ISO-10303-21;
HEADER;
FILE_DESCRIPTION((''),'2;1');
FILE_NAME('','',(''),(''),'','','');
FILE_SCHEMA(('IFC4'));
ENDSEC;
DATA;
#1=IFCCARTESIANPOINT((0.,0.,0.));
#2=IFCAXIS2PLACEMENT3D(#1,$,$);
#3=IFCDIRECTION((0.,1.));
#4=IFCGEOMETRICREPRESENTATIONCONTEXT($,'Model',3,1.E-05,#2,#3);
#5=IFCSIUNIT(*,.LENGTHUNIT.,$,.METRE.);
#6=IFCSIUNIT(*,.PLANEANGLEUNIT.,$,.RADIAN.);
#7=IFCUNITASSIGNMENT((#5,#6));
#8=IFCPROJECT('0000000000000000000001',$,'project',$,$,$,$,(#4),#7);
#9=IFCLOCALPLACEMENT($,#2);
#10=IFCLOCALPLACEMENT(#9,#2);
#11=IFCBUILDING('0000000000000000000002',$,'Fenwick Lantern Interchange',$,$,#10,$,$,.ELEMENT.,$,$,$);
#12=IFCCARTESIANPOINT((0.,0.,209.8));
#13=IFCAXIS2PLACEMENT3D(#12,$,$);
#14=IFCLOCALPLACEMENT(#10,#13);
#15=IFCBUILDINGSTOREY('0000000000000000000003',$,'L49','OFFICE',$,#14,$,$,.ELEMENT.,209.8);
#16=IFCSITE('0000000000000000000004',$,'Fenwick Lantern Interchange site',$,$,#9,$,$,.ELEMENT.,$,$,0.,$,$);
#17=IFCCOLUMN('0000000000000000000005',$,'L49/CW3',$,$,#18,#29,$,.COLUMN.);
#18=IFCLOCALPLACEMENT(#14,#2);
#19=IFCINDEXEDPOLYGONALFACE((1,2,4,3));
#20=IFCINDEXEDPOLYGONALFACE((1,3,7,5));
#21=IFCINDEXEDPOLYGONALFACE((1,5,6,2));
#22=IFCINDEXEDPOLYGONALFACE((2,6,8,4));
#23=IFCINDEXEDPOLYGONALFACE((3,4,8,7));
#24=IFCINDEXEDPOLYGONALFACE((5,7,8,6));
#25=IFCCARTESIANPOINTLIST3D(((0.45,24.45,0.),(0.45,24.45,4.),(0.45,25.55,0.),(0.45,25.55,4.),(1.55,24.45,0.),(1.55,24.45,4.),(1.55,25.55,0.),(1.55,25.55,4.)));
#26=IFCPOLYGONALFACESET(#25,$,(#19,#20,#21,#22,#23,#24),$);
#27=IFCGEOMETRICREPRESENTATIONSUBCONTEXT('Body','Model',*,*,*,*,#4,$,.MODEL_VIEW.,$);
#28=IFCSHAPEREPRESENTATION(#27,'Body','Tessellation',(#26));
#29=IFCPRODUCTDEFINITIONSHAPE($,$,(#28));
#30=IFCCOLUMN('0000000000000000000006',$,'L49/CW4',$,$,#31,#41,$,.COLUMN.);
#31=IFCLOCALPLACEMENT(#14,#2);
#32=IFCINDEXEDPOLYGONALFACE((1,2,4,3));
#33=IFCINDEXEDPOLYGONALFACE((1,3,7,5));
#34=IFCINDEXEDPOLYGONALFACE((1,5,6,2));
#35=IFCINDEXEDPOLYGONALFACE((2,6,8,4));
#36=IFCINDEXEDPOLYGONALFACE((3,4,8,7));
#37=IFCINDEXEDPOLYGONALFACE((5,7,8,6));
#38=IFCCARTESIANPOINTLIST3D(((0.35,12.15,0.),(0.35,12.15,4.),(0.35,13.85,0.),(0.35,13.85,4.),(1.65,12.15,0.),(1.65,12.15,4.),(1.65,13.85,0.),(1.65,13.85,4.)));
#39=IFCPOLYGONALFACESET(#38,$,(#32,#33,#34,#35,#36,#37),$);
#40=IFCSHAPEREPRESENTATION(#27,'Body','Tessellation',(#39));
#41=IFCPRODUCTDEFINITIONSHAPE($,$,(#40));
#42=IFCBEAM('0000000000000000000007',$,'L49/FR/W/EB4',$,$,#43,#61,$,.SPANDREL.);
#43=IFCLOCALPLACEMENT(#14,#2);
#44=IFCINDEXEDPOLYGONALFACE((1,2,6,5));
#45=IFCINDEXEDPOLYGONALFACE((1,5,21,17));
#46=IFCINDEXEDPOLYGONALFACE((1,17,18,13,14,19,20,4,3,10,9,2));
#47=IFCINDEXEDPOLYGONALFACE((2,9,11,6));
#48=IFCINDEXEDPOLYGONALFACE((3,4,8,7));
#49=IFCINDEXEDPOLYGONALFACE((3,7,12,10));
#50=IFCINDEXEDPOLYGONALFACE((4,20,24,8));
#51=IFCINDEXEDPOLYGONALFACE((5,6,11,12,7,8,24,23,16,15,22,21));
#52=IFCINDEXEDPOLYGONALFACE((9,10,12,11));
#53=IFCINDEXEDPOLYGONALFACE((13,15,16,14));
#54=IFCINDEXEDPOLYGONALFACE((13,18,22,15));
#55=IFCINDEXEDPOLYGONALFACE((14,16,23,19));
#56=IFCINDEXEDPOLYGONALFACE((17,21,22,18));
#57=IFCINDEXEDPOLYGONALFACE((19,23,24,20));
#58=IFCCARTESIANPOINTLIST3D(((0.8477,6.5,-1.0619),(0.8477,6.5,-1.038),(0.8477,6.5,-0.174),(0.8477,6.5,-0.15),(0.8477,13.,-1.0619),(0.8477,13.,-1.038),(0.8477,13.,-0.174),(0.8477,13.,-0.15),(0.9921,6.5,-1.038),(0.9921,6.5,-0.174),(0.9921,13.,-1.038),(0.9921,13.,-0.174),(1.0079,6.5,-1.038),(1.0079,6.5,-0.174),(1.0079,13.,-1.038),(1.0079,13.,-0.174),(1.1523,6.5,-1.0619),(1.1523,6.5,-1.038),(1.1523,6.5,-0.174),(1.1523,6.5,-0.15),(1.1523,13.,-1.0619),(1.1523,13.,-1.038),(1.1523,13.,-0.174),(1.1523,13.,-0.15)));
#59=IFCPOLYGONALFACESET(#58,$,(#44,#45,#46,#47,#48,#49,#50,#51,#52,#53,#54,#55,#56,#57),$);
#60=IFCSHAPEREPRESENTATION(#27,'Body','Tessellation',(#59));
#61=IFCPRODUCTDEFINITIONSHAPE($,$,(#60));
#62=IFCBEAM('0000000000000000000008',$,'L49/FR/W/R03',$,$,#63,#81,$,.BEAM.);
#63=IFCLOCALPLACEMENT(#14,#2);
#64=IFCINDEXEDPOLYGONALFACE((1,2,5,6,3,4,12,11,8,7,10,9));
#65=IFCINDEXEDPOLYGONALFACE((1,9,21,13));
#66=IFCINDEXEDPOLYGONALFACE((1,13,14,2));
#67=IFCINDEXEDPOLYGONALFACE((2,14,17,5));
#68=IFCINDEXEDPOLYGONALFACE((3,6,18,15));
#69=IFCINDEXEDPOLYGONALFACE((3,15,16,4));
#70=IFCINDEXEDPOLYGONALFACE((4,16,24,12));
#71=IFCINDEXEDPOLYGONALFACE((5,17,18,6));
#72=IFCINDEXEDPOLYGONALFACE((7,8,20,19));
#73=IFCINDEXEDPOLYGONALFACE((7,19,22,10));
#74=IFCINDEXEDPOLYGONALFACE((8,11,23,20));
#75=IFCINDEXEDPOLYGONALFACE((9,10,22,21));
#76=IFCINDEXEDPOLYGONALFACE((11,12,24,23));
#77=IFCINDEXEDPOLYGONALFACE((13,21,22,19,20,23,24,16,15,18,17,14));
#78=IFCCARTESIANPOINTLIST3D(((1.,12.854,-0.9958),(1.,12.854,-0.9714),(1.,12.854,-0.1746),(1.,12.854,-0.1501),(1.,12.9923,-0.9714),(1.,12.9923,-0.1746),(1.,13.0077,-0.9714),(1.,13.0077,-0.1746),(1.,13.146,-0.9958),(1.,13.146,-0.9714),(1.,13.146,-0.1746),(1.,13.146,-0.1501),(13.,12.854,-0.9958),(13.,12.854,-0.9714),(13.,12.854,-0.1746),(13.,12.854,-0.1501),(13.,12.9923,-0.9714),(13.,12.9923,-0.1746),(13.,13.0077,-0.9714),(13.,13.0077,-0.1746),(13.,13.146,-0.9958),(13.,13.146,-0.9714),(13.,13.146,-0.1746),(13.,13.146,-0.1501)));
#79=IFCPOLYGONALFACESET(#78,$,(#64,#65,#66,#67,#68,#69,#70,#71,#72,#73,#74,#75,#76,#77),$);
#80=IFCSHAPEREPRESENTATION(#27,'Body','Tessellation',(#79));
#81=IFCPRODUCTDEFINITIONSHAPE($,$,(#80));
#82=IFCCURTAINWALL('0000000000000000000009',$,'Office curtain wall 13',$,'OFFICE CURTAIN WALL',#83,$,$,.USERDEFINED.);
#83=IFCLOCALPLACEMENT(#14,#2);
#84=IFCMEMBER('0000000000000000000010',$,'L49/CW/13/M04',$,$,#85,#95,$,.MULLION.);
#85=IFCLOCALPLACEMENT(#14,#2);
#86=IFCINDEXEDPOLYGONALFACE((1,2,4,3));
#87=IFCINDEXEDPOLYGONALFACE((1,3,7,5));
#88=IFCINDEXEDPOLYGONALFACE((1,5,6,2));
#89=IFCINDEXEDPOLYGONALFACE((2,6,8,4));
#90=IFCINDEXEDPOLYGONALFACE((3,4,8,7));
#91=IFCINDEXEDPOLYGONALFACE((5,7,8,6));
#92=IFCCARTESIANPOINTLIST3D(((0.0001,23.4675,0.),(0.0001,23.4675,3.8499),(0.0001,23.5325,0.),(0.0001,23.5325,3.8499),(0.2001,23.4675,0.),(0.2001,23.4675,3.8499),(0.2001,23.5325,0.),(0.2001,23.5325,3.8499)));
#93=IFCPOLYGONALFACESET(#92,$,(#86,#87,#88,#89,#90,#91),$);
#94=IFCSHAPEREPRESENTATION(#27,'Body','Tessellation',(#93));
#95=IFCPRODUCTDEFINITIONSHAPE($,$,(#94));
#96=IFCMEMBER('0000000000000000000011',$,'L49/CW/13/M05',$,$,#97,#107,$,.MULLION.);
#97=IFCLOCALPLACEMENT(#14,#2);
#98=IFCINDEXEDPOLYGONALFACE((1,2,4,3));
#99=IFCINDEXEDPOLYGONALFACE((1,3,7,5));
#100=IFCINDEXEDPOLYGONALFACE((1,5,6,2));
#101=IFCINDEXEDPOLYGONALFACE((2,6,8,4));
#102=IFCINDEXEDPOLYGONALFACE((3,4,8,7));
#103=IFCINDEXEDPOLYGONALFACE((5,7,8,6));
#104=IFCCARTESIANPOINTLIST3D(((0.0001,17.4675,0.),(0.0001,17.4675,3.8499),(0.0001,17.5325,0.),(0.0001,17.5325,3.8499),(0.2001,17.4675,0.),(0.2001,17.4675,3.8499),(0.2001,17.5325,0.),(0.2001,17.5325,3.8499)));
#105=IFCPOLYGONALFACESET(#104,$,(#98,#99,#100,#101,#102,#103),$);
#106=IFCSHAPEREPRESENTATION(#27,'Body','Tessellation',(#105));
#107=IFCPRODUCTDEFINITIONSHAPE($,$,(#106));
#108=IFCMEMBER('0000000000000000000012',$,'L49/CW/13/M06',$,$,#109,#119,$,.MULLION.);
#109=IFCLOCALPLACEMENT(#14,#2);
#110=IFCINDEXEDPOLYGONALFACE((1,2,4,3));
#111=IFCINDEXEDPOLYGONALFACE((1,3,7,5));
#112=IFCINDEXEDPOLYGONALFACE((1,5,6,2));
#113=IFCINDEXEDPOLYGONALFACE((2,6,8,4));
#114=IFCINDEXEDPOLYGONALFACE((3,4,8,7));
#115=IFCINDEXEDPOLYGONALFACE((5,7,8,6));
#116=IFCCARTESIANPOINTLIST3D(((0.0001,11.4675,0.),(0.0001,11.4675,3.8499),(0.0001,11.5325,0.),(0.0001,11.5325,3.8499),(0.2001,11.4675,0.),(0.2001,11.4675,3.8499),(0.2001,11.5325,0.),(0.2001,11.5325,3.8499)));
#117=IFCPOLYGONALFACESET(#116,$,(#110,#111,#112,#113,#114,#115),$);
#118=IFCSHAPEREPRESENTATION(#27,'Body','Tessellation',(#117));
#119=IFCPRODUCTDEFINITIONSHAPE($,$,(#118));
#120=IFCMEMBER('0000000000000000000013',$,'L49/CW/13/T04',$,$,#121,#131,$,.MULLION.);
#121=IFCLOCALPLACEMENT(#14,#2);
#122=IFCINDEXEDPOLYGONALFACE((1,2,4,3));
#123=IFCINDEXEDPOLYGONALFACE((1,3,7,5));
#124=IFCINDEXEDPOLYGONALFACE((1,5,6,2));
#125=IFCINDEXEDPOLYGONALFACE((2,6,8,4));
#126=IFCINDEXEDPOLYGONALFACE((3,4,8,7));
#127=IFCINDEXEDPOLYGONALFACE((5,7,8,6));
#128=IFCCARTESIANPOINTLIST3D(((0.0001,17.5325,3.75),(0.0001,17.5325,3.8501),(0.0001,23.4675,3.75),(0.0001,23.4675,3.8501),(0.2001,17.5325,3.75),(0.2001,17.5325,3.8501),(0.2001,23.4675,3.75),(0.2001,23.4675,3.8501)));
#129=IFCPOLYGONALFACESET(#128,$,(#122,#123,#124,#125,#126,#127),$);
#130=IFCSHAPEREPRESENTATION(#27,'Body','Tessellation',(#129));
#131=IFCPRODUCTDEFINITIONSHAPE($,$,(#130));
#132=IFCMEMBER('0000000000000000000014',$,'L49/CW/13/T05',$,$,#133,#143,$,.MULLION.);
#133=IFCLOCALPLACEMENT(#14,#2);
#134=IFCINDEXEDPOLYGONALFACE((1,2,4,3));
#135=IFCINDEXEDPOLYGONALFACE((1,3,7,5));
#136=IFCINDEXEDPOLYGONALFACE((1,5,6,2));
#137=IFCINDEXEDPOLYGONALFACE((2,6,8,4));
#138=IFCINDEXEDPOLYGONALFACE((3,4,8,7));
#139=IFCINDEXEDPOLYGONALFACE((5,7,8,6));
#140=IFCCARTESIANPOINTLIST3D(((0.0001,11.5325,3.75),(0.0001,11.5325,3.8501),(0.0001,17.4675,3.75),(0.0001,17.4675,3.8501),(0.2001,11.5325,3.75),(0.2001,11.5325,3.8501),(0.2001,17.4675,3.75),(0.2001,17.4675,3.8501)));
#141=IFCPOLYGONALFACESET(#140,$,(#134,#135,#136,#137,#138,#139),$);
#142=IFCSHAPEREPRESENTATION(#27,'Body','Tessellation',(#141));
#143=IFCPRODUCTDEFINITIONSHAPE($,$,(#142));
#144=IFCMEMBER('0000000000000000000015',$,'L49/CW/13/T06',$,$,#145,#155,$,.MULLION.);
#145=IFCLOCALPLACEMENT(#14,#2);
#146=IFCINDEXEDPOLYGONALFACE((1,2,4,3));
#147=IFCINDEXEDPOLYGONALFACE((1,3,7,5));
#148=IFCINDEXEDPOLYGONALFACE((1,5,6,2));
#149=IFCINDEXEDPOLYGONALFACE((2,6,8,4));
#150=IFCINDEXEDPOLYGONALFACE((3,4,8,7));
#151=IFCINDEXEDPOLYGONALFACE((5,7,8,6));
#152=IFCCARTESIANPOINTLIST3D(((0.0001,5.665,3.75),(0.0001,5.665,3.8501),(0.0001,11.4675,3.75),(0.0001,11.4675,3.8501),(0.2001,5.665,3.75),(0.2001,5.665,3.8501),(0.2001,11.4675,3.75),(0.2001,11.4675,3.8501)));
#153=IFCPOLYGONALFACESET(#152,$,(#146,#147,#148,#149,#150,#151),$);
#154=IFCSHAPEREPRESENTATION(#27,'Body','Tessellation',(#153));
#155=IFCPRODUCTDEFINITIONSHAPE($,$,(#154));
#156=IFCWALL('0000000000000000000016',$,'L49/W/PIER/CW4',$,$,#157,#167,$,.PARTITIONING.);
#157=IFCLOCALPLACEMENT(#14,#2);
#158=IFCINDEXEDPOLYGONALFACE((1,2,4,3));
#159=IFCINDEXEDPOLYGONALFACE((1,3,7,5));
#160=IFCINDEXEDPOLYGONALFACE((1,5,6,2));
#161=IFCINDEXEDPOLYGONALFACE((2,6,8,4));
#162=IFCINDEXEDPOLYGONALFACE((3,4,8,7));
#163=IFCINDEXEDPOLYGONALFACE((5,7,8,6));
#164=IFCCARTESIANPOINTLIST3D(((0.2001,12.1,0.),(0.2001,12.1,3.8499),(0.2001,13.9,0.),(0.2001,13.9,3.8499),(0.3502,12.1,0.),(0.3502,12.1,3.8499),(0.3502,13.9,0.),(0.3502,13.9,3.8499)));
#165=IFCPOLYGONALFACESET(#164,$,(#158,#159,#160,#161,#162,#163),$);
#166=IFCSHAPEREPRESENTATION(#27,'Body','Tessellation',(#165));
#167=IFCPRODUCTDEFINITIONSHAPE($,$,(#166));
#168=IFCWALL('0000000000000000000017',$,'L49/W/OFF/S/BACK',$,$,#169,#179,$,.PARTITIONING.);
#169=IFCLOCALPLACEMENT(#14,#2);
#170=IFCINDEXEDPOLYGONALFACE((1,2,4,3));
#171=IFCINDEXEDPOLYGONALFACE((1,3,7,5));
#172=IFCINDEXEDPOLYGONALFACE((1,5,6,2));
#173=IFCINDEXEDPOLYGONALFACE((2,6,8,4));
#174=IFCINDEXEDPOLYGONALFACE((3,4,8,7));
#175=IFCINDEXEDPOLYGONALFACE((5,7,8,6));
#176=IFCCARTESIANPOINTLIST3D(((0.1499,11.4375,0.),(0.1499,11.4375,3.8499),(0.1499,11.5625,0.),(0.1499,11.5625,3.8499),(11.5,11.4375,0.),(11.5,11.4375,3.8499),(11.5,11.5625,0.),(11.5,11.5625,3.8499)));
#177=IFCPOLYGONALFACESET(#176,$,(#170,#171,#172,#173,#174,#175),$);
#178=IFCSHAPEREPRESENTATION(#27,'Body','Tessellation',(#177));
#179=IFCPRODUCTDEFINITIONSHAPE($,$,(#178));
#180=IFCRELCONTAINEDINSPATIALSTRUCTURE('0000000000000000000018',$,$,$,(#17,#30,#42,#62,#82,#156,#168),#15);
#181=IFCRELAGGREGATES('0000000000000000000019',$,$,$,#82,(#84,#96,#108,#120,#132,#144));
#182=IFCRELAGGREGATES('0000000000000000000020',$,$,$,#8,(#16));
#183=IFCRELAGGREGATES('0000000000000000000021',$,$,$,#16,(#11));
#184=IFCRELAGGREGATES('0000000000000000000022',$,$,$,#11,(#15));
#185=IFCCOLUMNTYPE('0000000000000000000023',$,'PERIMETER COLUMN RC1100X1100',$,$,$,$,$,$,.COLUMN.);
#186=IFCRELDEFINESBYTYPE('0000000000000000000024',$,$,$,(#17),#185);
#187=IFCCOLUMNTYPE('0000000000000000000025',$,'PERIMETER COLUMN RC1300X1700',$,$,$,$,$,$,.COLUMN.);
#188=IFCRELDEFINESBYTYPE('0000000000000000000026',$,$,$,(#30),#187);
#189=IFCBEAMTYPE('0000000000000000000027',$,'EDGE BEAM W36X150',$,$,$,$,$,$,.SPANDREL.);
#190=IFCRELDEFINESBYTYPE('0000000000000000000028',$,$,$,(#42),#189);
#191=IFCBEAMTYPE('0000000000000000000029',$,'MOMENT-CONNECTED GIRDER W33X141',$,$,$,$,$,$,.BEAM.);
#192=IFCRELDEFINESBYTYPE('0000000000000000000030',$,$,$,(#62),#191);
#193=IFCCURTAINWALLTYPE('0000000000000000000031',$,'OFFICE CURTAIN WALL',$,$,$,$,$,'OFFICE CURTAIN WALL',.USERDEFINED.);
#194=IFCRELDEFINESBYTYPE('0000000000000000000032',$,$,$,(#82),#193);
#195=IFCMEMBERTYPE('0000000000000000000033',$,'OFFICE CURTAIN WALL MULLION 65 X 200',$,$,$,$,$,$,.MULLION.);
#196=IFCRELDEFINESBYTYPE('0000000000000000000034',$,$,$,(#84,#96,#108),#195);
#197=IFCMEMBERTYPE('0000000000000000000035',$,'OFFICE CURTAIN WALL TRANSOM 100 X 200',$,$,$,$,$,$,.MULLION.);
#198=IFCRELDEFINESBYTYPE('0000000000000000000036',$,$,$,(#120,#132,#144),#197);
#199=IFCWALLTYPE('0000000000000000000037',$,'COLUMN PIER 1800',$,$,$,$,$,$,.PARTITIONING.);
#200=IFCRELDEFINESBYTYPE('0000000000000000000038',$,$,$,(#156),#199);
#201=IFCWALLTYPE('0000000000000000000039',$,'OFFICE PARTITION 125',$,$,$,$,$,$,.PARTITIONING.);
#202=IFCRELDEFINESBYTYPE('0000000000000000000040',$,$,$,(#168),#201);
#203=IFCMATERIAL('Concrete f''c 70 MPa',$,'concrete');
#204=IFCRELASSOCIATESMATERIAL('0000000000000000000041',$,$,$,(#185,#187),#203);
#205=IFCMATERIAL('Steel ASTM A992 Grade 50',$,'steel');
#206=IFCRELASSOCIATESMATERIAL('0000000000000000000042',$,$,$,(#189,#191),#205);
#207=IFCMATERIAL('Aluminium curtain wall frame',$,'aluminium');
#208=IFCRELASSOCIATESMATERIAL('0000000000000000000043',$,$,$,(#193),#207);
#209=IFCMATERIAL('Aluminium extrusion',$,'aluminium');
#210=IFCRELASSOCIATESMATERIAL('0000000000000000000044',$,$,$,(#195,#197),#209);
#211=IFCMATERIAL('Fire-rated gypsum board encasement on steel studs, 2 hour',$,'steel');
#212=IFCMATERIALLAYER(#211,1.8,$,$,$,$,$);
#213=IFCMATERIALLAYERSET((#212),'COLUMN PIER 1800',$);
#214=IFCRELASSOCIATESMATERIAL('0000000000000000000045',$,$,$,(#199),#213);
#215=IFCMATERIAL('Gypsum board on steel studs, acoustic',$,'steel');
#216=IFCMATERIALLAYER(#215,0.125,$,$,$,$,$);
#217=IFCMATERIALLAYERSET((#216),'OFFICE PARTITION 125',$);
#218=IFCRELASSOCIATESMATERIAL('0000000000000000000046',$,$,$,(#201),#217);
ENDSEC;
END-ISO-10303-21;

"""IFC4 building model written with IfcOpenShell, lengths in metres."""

from ifc_helpers import new_model, si_unit, direction, frame, frame_2d, origin, origin_2d, place, context, subcontext, project, spatial, rectangle, i_section, extrude, material, layer, layer_set, material_profile, profile_set, type_object, element, aggregate, save


model = new_model("IFC4")

# Units and contexts
model_context = context("Model", 3, precision=1e-05, world=origin(), true_north=direction((0.0, 1.0)))
body_context = subcontext(model_context, "Body", "Model", "MODEL_VIEW")
ifc_project = project(units=[si_unit("LENGTHUNIT", "METRE"), si_unit("PLANEANGLEUNIT", "RADIAN")], contexts=[model_context])

# Site, building, storey
site_placement = place(None, origin())
site = spatial("IfcSite", under=ifc_project, at=site_placement, Name="Fenwick Lantern Interchange site", CompositionType="ELEMENT", RefElevation=0.0)
building_placement = place(site_placement, origin())
building = spatial("IfcBuilding", under=site, at=building_placement, Name="Fenwick Lantern Interchange", CompositionType="ELEMENT")
storey_placement = place(building_placement, frame((0.0, 0.0, 209.8)))
storey = spatial("IfcBuildingStorey", under=building, at=storey_placement, Name="L49", Description="OFFICE", CompositionType="ELEMENT", Elevation=209.8)

# Columns
ifc_material_1 = material(Name="Concrete f'c 70 MPa", Category="concrete")
ifc_material_profile_1 = material_profile(ifc_material_1, rectangle(XDim=1.1001, YDim=1.1001, at=origin_2d()), Name="RC1100X1100")
ifc_profile_set_1 = profile_set([ifc_material_profile_1], Name="Concrete f'c 70 MPa")
column_type_1 = type_object("IfcColumnType", Name="PERIMETER COLUMN RC1100X1100", PredefinedType="COLUMN", material=ifc_profile_set_1)
column_1_placement = place(storey_placement, frame((1.0, 25.0, 0.0), z_axis=(0.0, 0.0, 1.0), x_axis=(1.0, 0.0, 0.0)))
element("IfcColumn", 1, at=column_1_placement, inside=storey, type_object=column_type_1, Name="L49/CW3", PredefinedType="COLUMN", context=body_context, shape_type="SweptSolid", body=[
    extrude(rectangle(XDim=1.1001, YDim=1.1001, at=origin_2d()), origin(), (0.0, 0.0, 1.0), 4.0),
])
ifc_material_profile_2 = material_profile(ifc_material_1, rectangle(XDim=1.3, YDim=1.7, at=origin_2d()), Name="RC1300X1700")
ifc_profile_set_2 = profile_set([ifc_material_profile_2], Name="Concrete f'c 70 MPa")
column_type_2 = type_object("IfcColumnType", Name="PERIMETER COLUMN RC1300X1700", PredefinedType="COLUMN", material=ifc_profile_set_2)
column_2_placement = place(storey_placement, frame((1.0, 13.0, 0.0), z_axis=(0.0, 0.0, 1.0), x_axis=(1.0, 0.0, 0.0)))
element("IfcColumn", 2, at=column_2_placement, inside=storey, type_object=column_type_2, Name="L49/CW4", PredefinedType="COLUMN", context=body_context, shape_type="SweptSolid", body=[
    extrude(rectangle(XDim=1.3, YDim=1.7, at=origin_2d()), origin(), (0.0, 0.0, 1.0), 4.0),
])

# Beams
ifc_material_2 = material(Name="Steel ASTM A992 Grade 50", Category="steel")
ifc_material_profile_3 = material_profile(ifc_material_2, i_section(OverallWidth=0.3047, OverallDepth=0.9119, WebThickness=0.0159, FlangeThickness=0.0239, at=origin_2d()), Name="W36X150")
ifc_profile_set_3 = profile_set([ifc_material_profile_3], Name="Steel ASTM A992 Grade 50")
beam_type_1 = type_object("IfcBeamType", Name="EDGE BEAM W36X150", PredefinedType="SPANDREL", material=ifc_profile_set_3)
beam_1_placement = place(storey_placement, frame((1.0, 13.0, -0.606), z_axis=(0.0, -1.0, 0.0), x_axis=(1.0, 0.0, 0.0)))
element("IfcBeam", 3, at=beam_1_placement, inside=storey, type_object=beam_type_1, Name="L49/FR/W/EB4", PredefinedType="SPANDREL", context=body_context, shape_type="SweptSolid", body=[
    extrude(i_section(OverallWidth=0.3047, OverallDepth=0.9119, WebThickness=0.0159, FlangeThickness=0.0239, at=origin_2d()), origin(), (0.0, 0.0, 1.0), 6.5),
])
ifc_material_profile_4 = material_profile(ifc_material_2, i_section(OverallWidth=0.292, OverallDepth=0.8457, WebThickness=0.0154, FlangeThickness=0.0244, at=origin_2d()), Name="W33X141")
ifc_profile_set_4 = profile_set([ifc_material_profile_4], Name="Steel ASTM A992 Grade 50")
beam_type_2 = type_object("IfcBeamType", Name="MOMENT-CONNECTED GIRDER W33X141", PredefinedType="BEAM", material=ifc_profile_set_4)
beam_2_placement = place(storey_placement, frame((1.0, 13.0, -0.573), z_axis=(1.0, 0.0, 0.0), x_axis=(0.0, 1.0, 0.0)))
element("IfcBeam", 4, at=beam_2_placement, inside=storey, type_object=beam_type_2, Name="L49/FR/W/R03", PredefinedType="BEAM", context=body_context, shape_type="SweptSolid", body=[
    extrude(i_section(OverallWidth=0.292, OverallDepth=0.8457, WebThickness=0.0154, FlangeThickness=0.0244, at=origin_2d()), origin(), (0.0, 0.0, 1.0), 12.0),
])

# Curtain wall, members
ifc_material_3 = material(Name="Aluminium curtain wall frame", Category="aluminium")
curtain_wall_type = type_object("IfcCurtainWallType", Name="OFFICE CURTAIN WALL", ElementType="OFFICE CURTAIN WALL", PredefinedType="USERDEFINED", material=ifc_material_3)
curtain_wall_placement = place(storey_placement, origin())
curtain_wall = element("IfcCurtainWall", 5, at=curtain_wall_placement, inside=storey, type_object=curtain_wall_type, Name="Office curtain wall 13", ObjectType="OFFICE CURTAIN WALL", PredefinedType="USERDEFINED")
ifc_material_4 = material(Name="Aluminium extrusion", Category="aluminium")
ifc_material_profile_5 = material_profile(ifc_material_4, rectangle(XDim=0.2, YDim=0.0649, at=origin_2d()), Name="OFFICE CURTAIN WALL MULLION 65 X 200")
ifc_profile_set_5 = profile_set([ifc_material_profile_5], Name="Aluminium extrusion")
member_type_1 = type_object("IfcMemberType", Name="OFFICE CURTAIN WALL MULLION 65 X 200", PredefinedType="MULLION", material=ifc_profile_set_5)
member_1_placement = place(storey_placement, frame((0.1001, 23.5, 0.0), z_axis=(0.0, 0.0, 1.0), x_axis=(1.0, 0.0, 0.0)))
member_1 = element("IfcMember", 6, at=member_1_placement, type_object=member_type_1, Name="L49/CW/13/M04", PredefinedType="MULLION", context=body_context, shape_type="SweptSolid", body=[
    extrude(rectangle(XDim=0.2, YDim=0.0649, at=origin_2d()), origin(), (0.0, 0.0, 1.0), 3.8499),
])
member_2_placement = place(storey_placement, frame((0.1001, 17.5, 0.0), z_axis=(0.0, 0.0, 1.0), x_axis=(1.0, 0.0, 0.0)))
member_2 = element("IfcMember", 7, at=member_2_placement, type_object=member_type_1, Name="L49/CW/13/M05", PredefinedType="MULLION", context=body_context, shape_type="SweptSolid", body=[
    extrude(rectangle(XDim=0.2, YDim=0.0649, at=origin_2d()), origin(), (0.0, 0.0, 1.0), 3.8499),
])
member_3_placement = place(storey_placement, frame((0.1001, 11.5, 0.0), z_axis=(0.0, 0.0, 1.0), x_axis=(1.0, 0.0, 0.0)))
member_3 = element("IfcMember", 8, at=member_3_placement, type_object=member_type_1, Name="L49/CW/13/M06", PredefinedType="MULLION", context=body_context, shape_type="SweptSolid", body=[
    extrude(rectangle(XDim=0.2, YDim=0.0649, at=origin_2d()), origin(), (0.0, 0.0, 1.0), 3.8499),
])
ifc_material_profile_6 = material_profile(ifc_material_4, rectangle(XDim=0.2, YDim=0.1001, at=origin_2d()), Name="OFFICE CURTAIN WALL TRANSOM 100 X 200")
ifc_profile_set_6 = profile_set([ifc_material_profile_6], Name="Aluminium extrusion")
member_type_2 = type_object("IfcMemberType", Name="OFFICE CURTAIN WALL TRANSOM 100 X 200", PredefinedType="MULLION", material=ifc_profile_set_6)
member_4_placement = place(storey_placement, frame((0.1001, 23.4675, 3.8), z_axis=(0.0, -1.0, 0.0), x_axis=(1.0, 0.0, 0.0)))
member_4 = element("IfcMember", 9, at=member_4_placement, type_object=member_type_2, Name="L49/CW/13/T04", PredefinedType="MULLION", context=body_context, shape_type="SweptSolid", body=[
    extrude(rectangle(XDim=0.2, YDim=0.1001, at=origin_2d()), origin(), (0.0, 0.0, 1.0), 5.9351),
])
member_5_placement = place(storey_placement, frame((0.1001, 17.4675, 3.8), z_axis=(0.0, -1.0, 0.0), x_axis=(1.0, 0.0, 0.0)))
member_5 = element("IfcMember", 10, at=member_5_placement, type_object=member_type_2, Name="L49/CW/13/T05", PredefinedType="MULLION", context=body_context, shape_type="SweptSolid", body=[
    extrude(rectangle(XDim=0.2, YDim=0.1001, at=origin_2d()), origin(), (0.0, 0.0, 1.0), 5.9351),
])
member_6_placement = place(storey_placement, frame((0.1001, 11.4675, 3.8), z_axis=(0.0, -1.0, 0.0), x_axis=(1.0, 0.0, 0.0)))
member_6 = element("IfcMember", 11, at=member_6_placement, type_object=member_type_2, Name="L49/CW/13/T06", PredefinedType="MULLION", context=body_context, shape_type="SweptSolid", body=[
    extrude(rectangle(XDim=0.2, YDim=0.1001, at=origin_2d()), origin(), (0.0, 0.0, 1.0), 5.8025),
])
aggregate(curtain_wall, [member_1, member_2, member_3, member_4, member_5, member_6])

# Walls
ifc_material_5 = material(Name="Fire-rated gypsum board encasement on steel studs, 2 hour", Category="steel")
ifc_layer_1 = layer(ifc_material_5, 1.8)
ifc_layer_set_1 = layer_set([ifc_layer_1], Name="COLUMN PIER 1800")
wall_type_1 = type_object("IfcWallType", Name="COLUMN PIER 1800", PredefinedType="PARTITIONING", material=ifc_layer_set_1)
wall_1_placement = place(storey_placement, frame((0.2, 13.0, 0.0), z_axis=(0.0, 0.0, 1.0), x_axis=(1.0, 0.0, 0.0)))
element("IfcWall", 12, at=wall_1_placement, inside=storey, type_object=wall_type_1, Name="L49/W/PIER/CW4", PredefinedType="PARTITIONING", context=body_context, shape_type="SweptSolid", body=[
    extrude(rectangle(XDim=0.1501, YDim=1.8, at=frame_2d((0.0752, 0.0))), origin(), (0.0, 0.0, 1.0), 3.8499),
])
ifc_material_6 = material(Name="Gypsum board on steel studs, acoustic", Category="steel")
ifc_layer_2 = layer(ifc_material_6, 0.125)
ifc_layer_set_2 = layer_set([ifc_layer_2], Name="OFFICE PARTITION 125")
wall_type_2 = type_object("IfcWallType", Name="OFFICE PARTITION 125", PredefinedType="PARTITIONING", material=ifc_layer_set_2)
wall_2_placement = place(storey_placement, frame((0.1499, 11.5, 0.0), z_axis=(0.0, 0.0, 1.0), x_axis=(1.0, 0.0, 0.0)))
element("IfcWall", 13, at=wall_2_placement, inside=storey, type_object=wall_type_2, Name="L49/W/OFF/S/BACK", PredefinedType="PARTITIONING", context=body_context, shape_type="SweptSolid", body=[
    extrude(rectangle(XDim=11.3501, YDim=0.125, at=frame_2d((5.675, 0.0))), origin(), (0.0, 0.0, 1.0), 3.8499),
])

save(model, "model.ifc")
